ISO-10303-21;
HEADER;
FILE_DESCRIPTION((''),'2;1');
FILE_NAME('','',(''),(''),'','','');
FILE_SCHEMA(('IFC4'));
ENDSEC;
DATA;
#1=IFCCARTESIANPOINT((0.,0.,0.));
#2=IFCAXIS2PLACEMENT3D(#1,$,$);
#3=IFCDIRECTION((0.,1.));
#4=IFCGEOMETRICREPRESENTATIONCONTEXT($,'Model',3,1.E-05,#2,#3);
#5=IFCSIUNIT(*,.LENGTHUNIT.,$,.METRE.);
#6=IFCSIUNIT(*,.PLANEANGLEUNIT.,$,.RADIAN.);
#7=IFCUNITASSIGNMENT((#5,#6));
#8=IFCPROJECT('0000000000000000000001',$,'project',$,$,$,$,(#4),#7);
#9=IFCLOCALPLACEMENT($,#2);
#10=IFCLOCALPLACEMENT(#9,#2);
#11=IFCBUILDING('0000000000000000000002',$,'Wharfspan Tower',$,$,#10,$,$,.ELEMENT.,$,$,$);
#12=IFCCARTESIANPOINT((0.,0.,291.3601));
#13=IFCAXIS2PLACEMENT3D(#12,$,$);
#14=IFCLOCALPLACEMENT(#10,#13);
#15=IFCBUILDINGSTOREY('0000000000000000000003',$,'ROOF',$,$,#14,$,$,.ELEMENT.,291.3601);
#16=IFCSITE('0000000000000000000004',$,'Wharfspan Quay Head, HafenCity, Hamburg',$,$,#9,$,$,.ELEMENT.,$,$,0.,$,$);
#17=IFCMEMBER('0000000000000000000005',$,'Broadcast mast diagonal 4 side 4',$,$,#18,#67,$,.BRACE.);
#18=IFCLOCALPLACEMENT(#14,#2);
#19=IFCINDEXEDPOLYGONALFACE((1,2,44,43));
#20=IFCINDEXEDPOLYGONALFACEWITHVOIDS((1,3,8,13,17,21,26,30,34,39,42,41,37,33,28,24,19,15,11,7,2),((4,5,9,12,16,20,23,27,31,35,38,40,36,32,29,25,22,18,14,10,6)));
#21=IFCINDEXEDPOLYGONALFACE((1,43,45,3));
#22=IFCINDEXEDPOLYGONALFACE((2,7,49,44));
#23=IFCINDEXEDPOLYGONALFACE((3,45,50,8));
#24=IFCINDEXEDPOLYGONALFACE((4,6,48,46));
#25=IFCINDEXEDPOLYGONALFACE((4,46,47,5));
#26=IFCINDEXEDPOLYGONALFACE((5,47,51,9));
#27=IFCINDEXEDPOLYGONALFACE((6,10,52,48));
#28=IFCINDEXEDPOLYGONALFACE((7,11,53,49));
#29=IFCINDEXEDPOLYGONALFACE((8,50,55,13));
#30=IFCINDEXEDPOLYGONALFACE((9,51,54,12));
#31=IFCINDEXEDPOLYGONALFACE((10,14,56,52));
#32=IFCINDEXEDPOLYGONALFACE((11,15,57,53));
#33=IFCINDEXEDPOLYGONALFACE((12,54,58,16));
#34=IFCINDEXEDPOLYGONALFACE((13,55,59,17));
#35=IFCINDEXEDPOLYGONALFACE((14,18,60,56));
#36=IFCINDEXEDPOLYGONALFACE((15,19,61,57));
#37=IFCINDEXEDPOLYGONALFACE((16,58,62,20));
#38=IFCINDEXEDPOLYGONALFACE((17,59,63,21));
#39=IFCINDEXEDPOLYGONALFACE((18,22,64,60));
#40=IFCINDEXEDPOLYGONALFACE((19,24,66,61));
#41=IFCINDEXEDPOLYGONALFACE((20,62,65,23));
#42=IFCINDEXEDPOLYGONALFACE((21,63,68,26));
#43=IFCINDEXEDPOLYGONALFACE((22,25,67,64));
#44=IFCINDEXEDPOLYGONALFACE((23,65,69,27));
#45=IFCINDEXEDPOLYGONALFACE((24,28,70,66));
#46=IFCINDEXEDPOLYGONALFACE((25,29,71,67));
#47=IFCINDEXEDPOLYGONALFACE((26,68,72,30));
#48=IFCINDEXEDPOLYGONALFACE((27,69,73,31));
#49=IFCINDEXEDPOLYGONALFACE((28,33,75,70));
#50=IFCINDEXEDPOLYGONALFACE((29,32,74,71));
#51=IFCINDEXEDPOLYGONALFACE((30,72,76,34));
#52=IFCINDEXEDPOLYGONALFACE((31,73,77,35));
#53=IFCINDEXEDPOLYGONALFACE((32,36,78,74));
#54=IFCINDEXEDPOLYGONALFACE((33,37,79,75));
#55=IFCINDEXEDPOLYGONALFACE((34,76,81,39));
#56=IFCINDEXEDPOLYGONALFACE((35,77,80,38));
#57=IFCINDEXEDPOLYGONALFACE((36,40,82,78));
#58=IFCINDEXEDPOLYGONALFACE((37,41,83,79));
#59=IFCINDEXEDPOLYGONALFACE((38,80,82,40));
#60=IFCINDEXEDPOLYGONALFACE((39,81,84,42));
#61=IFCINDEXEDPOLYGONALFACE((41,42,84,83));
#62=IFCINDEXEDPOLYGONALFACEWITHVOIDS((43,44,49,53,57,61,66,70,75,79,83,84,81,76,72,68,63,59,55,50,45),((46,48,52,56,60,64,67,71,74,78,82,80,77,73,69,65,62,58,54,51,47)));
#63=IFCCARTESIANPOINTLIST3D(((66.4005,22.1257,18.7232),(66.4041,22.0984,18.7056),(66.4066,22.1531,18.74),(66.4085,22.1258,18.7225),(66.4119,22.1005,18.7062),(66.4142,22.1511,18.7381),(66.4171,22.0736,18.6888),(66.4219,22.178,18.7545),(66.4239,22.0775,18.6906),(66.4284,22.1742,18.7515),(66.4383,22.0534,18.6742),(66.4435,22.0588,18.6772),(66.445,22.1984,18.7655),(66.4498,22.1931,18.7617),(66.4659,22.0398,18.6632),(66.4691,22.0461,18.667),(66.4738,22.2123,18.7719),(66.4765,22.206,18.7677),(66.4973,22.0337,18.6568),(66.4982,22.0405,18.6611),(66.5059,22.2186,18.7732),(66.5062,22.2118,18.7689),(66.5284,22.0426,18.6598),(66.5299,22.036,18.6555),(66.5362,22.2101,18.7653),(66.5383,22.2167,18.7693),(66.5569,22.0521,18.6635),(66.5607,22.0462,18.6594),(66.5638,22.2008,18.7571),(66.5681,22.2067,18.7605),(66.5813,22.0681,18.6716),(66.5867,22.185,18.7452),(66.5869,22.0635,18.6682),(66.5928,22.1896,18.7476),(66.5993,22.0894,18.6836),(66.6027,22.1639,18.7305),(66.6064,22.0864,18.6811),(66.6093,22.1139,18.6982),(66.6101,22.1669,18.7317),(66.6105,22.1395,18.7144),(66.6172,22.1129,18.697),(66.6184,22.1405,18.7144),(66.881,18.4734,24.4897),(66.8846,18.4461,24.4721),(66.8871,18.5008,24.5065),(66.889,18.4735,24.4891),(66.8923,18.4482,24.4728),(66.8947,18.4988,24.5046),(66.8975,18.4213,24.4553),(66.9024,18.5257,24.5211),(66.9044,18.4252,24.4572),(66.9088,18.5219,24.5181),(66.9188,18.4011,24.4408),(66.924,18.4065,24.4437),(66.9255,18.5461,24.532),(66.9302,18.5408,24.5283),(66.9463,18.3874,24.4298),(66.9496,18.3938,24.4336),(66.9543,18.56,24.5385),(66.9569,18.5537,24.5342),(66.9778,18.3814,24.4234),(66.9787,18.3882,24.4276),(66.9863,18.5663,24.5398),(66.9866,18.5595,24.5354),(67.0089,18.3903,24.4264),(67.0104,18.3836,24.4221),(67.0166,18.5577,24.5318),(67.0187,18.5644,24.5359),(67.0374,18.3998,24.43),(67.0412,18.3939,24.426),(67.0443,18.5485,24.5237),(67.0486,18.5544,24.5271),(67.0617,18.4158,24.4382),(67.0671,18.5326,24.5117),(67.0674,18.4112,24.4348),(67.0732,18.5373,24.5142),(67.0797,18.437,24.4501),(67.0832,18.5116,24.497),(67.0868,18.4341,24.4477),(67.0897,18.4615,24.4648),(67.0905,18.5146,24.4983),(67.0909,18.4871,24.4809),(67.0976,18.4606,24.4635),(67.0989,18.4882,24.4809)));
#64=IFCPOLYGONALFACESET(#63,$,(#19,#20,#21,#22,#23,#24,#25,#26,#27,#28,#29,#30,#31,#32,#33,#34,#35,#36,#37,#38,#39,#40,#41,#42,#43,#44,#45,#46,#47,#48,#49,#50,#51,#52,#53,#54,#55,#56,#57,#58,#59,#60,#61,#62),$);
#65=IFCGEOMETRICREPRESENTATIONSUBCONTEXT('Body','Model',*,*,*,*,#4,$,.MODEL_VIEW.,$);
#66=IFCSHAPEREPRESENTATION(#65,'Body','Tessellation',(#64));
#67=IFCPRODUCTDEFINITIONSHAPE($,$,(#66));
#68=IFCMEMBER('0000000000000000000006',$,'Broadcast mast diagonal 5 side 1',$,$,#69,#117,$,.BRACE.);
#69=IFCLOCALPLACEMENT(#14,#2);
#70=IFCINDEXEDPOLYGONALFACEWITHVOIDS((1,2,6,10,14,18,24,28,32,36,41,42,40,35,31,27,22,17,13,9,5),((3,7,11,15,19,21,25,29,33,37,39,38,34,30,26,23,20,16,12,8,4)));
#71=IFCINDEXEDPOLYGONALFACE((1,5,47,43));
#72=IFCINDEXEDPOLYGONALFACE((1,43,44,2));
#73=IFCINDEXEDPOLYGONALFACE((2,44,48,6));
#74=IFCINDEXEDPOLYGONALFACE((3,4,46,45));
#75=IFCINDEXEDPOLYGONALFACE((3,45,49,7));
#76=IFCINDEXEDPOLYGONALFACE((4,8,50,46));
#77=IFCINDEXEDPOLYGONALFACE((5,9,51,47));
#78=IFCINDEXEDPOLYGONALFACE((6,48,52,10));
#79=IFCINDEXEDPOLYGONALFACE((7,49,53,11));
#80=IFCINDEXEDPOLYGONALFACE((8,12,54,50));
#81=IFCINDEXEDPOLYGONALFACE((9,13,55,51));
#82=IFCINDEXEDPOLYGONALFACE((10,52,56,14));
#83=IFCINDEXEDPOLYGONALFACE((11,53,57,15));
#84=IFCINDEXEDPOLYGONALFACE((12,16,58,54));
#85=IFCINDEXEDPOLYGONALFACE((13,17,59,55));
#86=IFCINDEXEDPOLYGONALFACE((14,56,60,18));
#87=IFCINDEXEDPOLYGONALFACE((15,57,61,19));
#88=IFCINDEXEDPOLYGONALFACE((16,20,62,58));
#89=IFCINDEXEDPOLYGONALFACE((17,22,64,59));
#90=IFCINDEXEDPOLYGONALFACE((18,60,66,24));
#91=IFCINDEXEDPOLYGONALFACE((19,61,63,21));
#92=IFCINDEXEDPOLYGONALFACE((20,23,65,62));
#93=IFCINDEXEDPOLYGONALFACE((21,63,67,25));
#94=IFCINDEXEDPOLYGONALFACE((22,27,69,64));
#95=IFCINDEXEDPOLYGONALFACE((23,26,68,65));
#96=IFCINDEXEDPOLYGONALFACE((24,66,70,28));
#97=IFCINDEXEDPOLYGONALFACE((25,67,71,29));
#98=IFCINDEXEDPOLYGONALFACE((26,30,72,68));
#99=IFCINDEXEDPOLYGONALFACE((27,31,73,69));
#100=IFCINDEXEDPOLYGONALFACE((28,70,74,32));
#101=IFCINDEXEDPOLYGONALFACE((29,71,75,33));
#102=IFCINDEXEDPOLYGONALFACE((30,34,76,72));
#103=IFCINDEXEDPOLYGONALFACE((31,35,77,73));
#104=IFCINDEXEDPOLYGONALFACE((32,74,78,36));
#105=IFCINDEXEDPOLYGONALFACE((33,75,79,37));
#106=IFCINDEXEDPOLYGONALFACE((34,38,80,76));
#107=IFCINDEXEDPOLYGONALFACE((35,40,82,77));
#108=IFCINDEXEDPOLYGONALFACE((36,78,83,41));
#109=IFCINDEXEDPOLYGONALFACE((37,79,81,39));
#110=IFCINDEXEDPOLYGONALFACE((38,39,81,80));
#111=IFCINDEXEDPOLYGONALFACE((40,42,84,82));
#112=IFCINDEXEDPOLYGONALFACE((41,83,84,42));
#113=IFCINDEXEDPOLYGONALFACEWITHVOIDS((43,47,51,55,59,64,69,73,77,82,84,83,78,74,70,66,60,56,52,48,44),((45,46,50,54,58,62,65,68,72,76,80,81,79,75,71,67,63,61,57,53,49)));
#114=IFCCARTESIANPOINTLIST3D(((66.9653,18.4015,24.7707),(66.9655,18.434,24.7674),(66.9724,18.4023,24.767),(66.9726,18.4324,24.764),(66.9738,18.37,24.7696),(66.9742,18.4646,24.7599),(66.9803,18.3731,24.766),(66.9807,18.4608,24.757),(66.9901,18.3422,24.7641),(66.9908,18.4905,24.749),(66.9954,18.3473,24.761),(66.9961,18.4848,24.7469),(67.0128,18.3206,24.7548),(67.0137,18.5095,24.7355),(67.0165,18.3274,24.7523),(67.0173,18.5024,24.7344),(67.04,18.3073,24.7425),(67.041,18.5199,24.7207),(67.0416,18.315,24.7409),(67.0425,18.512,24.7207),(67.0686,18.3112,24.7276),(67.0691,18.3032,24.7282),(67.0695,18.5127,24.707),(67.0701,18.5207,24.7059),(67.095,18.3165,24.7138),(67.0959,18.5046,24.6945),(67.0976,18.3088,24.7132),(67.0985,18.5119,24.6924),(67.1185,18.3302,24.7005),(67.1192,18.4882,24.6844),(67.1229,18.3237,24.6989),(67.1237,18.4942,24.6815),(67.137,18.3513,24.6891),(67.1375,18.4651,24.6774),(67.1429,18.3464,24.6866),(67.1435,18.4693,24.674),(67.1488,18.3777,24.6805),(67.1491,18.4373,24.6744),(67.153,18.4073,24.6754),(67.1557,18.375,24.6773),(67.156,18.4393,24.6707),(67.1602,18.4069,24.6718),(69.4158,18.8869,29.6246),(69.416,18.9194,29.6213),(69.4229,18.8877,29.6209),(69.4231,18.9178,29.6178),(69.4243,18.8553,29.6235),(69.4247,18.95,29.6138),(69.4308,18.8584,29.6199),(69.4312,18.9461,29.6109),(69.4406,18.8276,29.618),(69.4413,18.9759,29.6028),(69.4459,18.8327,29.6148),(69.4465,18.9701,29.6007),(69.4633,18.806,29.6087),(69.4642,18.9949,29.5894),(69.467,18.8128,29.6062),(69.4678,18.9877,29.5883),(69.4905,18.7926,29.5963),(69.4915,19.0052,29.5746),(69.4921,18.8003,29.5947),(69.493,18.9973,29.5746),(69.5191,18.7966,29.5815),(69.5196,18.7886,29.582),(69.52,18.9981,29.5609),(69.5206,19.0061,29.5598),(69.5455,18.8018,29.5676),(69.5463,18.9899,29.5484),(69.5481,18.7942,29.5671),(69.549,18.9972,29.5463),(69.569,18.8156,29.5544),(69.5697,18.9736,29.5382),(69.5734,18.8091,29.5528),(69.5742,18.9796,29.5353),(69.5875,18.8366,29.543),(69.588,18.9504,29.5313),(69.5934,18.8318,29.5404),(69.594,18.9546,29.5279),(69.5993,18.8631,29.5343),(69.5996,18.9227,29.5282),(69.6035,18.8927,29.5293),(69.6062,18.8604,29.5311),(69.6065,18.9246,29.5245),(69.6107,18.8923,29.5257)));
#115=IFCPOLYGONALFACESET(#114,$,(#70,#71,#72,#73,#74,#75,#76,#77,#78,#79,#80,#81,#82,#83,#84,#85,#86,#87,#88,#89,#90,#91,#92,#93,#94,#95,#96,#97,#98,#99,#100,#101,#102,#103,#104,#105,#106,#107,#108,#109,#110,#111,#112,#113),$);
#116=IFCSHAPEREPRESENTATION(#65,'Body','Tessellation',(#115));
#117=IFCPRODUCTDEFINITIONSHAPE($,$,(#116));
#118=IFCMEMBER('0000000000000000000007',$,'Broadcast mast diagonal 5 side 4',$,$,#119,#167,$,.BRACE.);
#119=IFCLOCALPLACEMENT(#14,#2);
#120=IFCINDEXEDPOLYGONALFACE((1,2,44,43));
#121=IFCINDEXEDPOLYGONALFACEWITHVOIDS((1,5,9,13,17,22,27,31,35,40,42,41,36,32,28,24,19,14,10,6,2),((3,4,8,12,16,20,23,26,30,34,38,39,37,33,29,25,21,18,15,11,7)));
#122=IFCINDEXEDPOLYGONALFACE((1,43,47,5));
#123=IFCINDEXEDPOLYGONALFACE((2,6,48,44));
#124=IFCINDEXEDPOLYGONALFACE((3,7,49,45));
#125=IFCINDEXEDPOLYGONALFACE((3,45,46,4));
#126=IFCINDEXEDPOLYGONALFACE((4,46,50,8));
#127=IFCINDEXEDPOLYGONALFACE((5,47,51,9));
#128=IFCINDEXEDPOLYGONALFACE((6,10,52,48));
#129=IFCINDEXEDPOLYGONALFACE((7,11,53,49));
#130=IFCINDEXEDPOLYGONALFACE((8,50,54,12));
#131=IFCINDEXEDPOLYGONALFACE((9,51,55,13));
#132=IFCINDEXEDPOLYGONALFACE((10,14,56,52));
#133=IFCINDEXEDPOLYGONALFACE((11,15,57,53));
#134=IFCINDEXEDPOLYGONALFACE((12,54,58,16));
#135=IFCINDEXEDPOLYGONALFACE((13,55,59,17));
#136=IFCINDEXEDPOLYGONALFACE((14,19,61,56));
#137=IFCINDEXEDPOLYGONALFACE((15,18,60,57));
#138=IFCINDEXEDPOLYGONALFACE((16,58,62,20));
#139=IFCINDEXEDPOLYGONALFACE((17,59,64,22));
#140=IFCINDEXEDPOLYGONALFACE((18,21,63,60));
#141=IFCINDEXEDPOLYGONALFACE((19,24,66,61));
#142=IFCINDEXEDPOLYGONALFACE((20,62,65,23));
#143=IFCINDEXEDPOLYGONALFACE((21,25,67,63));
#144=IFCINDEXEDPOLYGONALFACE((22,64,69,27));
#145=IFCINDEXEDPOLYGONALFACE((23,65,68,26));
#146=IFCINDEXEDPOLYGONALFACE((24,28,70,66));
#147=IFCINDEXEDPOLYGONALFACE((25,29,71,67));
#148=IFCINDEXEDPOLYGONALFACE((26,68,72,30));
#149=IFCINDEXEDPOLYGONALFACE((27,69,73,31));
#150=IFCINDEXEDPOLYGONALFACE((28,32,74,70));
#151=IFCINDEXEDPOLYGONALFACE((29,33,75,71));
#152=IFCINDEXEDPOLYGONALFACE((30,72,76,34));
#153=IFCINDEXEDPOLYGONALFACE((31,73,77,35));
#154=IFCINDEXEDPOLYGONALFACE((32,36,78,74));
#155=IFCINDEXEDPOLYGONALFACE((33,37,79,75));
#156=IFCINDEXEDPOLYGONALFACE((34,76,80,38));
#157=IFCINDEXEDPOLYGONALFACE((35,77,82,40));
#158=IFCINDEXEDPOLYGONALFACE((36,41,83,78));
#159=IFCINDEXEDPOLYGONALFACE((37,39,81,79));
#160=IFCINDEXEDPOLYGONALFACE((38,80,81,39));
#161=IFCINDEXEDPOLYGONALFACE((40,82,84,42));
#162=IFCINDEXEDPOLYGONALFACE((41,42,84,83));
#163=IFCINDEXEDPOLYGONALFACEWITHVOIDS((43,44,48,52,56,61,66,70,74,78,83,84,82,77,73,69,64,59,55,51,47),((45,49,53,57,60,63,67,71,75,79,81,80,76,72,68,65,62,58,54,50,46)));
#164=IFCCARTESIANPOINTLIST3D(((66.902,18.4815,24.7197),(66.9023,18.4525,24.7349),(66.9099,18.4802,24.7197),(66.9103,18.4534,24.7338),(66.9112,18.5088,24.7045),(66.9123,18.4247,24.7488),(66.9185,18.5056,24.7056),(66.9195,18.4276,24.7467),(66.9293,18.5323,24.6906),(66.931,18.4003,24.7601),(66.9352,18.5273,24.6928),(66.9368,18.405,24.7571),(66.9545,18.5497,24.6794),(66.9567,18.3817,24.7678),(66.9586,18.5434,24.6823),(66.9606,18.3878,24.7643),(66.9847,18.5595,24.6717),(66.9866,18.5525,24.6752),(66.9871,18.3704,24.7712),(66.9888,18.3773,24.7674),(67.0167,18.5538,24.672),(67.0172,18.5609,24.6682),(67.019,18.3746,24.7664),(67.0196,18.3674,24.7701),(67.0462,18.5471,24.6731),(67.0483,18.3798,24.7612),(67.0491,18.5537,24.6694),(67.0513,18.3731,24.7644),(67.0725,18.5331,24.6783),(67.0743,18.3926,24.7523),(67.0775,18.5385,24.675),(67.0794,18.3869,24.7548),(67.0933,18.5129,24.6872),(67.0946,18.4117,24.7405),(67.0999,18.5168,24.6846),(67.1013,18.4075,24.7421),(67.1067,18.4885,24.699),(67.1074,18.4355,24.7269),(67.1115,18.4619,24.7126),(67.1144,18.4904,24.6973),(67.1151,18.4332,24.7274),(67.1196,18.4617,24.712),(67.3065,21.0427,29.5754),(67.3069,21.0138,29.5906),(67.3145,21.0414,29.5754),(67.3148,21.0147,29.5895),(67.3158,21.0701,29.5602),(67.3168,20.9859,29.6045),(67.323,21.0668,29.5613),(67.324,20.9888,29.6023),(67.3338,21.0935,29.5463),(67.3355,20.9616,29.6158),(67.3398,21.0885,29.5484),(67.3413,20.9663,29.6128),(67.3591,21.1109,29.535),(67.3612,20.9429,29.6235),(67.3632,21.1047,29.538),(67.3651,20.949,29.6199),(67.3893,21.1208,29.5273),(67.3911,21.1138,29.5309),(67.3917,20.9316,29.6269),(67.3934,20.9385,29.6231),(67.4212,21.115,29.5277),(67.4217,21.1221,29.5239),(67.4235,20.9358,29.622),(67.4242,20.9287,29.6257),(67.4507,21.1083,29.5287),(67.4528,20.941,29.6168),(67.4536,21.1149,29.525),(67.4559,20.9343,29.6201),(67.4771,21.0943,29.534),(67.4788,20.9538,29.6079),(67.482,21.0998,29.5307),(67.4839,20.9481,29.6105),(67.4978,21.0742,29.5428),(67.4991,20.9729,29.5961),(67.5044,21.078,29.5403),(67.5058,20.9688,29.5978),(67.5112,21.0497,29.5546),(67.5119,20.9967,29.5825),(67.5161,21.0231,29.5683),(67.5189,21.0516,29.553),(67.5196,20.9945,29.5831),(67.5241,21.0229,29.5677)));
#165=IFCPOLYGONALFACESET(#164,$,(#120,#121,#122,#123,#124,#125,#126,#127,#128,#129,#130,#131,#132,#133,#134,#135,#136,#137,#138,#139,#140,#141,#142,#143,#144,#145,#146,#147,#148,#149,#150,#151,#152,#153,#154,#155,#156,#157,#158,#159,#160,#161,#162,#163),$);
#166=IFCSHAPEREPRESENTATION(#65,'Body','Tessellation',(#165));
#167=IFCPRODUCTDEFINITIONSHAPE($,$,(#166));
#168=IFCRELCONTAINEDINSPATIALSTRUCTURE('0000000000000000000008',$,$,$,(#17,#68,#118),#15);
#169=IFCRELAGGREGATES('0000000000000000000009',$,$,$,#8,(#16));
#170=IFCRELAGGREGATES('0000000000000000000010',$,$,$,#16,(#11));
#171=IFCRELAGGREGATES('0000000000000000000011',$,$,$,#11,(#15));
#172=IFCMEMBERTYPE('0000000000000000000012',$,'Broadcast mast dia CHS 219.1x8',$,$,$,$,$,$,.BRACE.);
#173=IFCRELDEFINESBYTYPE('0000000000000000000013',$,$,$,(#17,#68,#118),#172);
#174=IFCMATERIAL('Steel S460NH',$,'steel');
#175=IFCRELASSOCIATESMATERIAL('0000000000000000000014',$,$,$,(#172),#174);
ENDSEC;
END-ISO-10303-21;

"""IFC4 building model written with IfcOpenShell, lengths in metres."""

from ifc_helpers import new_model, si_unit, direction, frame, origin, origin_2d, place, context, subcontext, project, spatial, hollow_circle, extrude, material, material_profile, profile_set, type_object, element, save


model = new_model("IFC4")

# Units and contexts
model_context = context("Model", 3, precision=1e-05, world=origin(), true_north=direction((0.0, 1.0)))
body_context = subcontext(model_context, "Body", "Model", "MODEL_VIEW")
ifc_project = project(units=[si_unit("LENGTHUNIT", "METRE"), si_unit("PLANEANGLEUNIT", "RADIAN")], contexts=[model_context])

# Site, building, storey
site_placement = place(None, origin())
site = spatial("IfcSite", under=ifc_project, at=site_placement, Name="Wharfspan Quay Head, HafenCity, Hamburg", CompositionType="ELEMENT", RefElevation=0.0)
building_placement = place(site_placement, origin())
building = spatial("IfcBuilding", under=site, at=building_placement, Name="Wharfspan Tower", CompositionType="ELEMENT")
storey_placement = place(building_placement, frame((0.0, 0.0, 291.3601)))
storey = spatial("IfcBuildingStorey", under=building, at=storey_placement, Name="ROOF", CompositionType="ELEMENT", Elevation=291.3601)

# Members
ifc_material = material(Name="Steel S460NH", Category="steel")
ifc_material_profile_1 = material_profile(ifc_material, hollow_circle(Radius=0.1096, WallThickness=0.0081, at=origin_2d()))
ifc_profile_set_1 = profile_set([ifc_material_profile_1], Name="Steel S460NH")
member_type_1 = type_object("IfcMemberType", Name="Broadcast mast dia CHS 219.1x8", PredefinedType="BRACE", material=ifc_profile_set_1)
member_1_placement = place(storey_placement, frame((66.5098, 22.1262, 18.7144), z_axis=(0.070215, -0.533748, 0.842723), x_axis=(0.991457, 0.130427, 0.0)))
element("IfcMember", 1, at=member_1_placement, inside=storey, type_object=member_type_1, Name="Broadcast mast diagonal 4 side 4", PredefinedType="BRACE", context=body_context, shape_type="SweptSolid", body=[
    extrude(hollow_circle(Radius=0.1096, WallThickness=0.0081, at=origin_2d()), origin(), (0.0, 0.0, 1.0), 6.8428),
])
member_2_placement = place(storey_placement, frame((67.0623, 18.4124, 24.7207), z_axis=(0.448892, 0.088911, 0.889152), x_axis=(-0.194289, 0.980942, -0.000002)))
element("IfcMember", 2, at=member_2_placement, inside=storey, type_object=member_type_1, Name="Broadcast mast diagonal 5 side 1", PredefinedType="BRACE", context=body_context, shape_type="SweptSolid", body=[
    extrude(hollow_circle(Radius=0.1096, WallThickness=0.0081, at=origin_2d()), origin(), (0.0, 0.0, 1.0), 5.459),
])
member_3_placement = place(storey_placement, frame((67.0103, 18.4644, 24.7197), z_axis=(0.07349, 0.465289, 0.882103), x_axis=(-0.987755, 0.156007, 0.000002)))
element("IfcMember", 3, at=member_3_placement, inside=storey, type_object=member_type_1, Name="Broadcast mast diagonal 5 side 4", PredefinedType="BRACE", context=body_context, shape_type="SweptSolid", body=[
    extrude(hollow_circle(Radius=0.1096, WallThickness=0.0081, at=origin_2d()), origin(), (0.0, 0.0, 1.0), 5.5046),
])

save(model, "model.ifc")
